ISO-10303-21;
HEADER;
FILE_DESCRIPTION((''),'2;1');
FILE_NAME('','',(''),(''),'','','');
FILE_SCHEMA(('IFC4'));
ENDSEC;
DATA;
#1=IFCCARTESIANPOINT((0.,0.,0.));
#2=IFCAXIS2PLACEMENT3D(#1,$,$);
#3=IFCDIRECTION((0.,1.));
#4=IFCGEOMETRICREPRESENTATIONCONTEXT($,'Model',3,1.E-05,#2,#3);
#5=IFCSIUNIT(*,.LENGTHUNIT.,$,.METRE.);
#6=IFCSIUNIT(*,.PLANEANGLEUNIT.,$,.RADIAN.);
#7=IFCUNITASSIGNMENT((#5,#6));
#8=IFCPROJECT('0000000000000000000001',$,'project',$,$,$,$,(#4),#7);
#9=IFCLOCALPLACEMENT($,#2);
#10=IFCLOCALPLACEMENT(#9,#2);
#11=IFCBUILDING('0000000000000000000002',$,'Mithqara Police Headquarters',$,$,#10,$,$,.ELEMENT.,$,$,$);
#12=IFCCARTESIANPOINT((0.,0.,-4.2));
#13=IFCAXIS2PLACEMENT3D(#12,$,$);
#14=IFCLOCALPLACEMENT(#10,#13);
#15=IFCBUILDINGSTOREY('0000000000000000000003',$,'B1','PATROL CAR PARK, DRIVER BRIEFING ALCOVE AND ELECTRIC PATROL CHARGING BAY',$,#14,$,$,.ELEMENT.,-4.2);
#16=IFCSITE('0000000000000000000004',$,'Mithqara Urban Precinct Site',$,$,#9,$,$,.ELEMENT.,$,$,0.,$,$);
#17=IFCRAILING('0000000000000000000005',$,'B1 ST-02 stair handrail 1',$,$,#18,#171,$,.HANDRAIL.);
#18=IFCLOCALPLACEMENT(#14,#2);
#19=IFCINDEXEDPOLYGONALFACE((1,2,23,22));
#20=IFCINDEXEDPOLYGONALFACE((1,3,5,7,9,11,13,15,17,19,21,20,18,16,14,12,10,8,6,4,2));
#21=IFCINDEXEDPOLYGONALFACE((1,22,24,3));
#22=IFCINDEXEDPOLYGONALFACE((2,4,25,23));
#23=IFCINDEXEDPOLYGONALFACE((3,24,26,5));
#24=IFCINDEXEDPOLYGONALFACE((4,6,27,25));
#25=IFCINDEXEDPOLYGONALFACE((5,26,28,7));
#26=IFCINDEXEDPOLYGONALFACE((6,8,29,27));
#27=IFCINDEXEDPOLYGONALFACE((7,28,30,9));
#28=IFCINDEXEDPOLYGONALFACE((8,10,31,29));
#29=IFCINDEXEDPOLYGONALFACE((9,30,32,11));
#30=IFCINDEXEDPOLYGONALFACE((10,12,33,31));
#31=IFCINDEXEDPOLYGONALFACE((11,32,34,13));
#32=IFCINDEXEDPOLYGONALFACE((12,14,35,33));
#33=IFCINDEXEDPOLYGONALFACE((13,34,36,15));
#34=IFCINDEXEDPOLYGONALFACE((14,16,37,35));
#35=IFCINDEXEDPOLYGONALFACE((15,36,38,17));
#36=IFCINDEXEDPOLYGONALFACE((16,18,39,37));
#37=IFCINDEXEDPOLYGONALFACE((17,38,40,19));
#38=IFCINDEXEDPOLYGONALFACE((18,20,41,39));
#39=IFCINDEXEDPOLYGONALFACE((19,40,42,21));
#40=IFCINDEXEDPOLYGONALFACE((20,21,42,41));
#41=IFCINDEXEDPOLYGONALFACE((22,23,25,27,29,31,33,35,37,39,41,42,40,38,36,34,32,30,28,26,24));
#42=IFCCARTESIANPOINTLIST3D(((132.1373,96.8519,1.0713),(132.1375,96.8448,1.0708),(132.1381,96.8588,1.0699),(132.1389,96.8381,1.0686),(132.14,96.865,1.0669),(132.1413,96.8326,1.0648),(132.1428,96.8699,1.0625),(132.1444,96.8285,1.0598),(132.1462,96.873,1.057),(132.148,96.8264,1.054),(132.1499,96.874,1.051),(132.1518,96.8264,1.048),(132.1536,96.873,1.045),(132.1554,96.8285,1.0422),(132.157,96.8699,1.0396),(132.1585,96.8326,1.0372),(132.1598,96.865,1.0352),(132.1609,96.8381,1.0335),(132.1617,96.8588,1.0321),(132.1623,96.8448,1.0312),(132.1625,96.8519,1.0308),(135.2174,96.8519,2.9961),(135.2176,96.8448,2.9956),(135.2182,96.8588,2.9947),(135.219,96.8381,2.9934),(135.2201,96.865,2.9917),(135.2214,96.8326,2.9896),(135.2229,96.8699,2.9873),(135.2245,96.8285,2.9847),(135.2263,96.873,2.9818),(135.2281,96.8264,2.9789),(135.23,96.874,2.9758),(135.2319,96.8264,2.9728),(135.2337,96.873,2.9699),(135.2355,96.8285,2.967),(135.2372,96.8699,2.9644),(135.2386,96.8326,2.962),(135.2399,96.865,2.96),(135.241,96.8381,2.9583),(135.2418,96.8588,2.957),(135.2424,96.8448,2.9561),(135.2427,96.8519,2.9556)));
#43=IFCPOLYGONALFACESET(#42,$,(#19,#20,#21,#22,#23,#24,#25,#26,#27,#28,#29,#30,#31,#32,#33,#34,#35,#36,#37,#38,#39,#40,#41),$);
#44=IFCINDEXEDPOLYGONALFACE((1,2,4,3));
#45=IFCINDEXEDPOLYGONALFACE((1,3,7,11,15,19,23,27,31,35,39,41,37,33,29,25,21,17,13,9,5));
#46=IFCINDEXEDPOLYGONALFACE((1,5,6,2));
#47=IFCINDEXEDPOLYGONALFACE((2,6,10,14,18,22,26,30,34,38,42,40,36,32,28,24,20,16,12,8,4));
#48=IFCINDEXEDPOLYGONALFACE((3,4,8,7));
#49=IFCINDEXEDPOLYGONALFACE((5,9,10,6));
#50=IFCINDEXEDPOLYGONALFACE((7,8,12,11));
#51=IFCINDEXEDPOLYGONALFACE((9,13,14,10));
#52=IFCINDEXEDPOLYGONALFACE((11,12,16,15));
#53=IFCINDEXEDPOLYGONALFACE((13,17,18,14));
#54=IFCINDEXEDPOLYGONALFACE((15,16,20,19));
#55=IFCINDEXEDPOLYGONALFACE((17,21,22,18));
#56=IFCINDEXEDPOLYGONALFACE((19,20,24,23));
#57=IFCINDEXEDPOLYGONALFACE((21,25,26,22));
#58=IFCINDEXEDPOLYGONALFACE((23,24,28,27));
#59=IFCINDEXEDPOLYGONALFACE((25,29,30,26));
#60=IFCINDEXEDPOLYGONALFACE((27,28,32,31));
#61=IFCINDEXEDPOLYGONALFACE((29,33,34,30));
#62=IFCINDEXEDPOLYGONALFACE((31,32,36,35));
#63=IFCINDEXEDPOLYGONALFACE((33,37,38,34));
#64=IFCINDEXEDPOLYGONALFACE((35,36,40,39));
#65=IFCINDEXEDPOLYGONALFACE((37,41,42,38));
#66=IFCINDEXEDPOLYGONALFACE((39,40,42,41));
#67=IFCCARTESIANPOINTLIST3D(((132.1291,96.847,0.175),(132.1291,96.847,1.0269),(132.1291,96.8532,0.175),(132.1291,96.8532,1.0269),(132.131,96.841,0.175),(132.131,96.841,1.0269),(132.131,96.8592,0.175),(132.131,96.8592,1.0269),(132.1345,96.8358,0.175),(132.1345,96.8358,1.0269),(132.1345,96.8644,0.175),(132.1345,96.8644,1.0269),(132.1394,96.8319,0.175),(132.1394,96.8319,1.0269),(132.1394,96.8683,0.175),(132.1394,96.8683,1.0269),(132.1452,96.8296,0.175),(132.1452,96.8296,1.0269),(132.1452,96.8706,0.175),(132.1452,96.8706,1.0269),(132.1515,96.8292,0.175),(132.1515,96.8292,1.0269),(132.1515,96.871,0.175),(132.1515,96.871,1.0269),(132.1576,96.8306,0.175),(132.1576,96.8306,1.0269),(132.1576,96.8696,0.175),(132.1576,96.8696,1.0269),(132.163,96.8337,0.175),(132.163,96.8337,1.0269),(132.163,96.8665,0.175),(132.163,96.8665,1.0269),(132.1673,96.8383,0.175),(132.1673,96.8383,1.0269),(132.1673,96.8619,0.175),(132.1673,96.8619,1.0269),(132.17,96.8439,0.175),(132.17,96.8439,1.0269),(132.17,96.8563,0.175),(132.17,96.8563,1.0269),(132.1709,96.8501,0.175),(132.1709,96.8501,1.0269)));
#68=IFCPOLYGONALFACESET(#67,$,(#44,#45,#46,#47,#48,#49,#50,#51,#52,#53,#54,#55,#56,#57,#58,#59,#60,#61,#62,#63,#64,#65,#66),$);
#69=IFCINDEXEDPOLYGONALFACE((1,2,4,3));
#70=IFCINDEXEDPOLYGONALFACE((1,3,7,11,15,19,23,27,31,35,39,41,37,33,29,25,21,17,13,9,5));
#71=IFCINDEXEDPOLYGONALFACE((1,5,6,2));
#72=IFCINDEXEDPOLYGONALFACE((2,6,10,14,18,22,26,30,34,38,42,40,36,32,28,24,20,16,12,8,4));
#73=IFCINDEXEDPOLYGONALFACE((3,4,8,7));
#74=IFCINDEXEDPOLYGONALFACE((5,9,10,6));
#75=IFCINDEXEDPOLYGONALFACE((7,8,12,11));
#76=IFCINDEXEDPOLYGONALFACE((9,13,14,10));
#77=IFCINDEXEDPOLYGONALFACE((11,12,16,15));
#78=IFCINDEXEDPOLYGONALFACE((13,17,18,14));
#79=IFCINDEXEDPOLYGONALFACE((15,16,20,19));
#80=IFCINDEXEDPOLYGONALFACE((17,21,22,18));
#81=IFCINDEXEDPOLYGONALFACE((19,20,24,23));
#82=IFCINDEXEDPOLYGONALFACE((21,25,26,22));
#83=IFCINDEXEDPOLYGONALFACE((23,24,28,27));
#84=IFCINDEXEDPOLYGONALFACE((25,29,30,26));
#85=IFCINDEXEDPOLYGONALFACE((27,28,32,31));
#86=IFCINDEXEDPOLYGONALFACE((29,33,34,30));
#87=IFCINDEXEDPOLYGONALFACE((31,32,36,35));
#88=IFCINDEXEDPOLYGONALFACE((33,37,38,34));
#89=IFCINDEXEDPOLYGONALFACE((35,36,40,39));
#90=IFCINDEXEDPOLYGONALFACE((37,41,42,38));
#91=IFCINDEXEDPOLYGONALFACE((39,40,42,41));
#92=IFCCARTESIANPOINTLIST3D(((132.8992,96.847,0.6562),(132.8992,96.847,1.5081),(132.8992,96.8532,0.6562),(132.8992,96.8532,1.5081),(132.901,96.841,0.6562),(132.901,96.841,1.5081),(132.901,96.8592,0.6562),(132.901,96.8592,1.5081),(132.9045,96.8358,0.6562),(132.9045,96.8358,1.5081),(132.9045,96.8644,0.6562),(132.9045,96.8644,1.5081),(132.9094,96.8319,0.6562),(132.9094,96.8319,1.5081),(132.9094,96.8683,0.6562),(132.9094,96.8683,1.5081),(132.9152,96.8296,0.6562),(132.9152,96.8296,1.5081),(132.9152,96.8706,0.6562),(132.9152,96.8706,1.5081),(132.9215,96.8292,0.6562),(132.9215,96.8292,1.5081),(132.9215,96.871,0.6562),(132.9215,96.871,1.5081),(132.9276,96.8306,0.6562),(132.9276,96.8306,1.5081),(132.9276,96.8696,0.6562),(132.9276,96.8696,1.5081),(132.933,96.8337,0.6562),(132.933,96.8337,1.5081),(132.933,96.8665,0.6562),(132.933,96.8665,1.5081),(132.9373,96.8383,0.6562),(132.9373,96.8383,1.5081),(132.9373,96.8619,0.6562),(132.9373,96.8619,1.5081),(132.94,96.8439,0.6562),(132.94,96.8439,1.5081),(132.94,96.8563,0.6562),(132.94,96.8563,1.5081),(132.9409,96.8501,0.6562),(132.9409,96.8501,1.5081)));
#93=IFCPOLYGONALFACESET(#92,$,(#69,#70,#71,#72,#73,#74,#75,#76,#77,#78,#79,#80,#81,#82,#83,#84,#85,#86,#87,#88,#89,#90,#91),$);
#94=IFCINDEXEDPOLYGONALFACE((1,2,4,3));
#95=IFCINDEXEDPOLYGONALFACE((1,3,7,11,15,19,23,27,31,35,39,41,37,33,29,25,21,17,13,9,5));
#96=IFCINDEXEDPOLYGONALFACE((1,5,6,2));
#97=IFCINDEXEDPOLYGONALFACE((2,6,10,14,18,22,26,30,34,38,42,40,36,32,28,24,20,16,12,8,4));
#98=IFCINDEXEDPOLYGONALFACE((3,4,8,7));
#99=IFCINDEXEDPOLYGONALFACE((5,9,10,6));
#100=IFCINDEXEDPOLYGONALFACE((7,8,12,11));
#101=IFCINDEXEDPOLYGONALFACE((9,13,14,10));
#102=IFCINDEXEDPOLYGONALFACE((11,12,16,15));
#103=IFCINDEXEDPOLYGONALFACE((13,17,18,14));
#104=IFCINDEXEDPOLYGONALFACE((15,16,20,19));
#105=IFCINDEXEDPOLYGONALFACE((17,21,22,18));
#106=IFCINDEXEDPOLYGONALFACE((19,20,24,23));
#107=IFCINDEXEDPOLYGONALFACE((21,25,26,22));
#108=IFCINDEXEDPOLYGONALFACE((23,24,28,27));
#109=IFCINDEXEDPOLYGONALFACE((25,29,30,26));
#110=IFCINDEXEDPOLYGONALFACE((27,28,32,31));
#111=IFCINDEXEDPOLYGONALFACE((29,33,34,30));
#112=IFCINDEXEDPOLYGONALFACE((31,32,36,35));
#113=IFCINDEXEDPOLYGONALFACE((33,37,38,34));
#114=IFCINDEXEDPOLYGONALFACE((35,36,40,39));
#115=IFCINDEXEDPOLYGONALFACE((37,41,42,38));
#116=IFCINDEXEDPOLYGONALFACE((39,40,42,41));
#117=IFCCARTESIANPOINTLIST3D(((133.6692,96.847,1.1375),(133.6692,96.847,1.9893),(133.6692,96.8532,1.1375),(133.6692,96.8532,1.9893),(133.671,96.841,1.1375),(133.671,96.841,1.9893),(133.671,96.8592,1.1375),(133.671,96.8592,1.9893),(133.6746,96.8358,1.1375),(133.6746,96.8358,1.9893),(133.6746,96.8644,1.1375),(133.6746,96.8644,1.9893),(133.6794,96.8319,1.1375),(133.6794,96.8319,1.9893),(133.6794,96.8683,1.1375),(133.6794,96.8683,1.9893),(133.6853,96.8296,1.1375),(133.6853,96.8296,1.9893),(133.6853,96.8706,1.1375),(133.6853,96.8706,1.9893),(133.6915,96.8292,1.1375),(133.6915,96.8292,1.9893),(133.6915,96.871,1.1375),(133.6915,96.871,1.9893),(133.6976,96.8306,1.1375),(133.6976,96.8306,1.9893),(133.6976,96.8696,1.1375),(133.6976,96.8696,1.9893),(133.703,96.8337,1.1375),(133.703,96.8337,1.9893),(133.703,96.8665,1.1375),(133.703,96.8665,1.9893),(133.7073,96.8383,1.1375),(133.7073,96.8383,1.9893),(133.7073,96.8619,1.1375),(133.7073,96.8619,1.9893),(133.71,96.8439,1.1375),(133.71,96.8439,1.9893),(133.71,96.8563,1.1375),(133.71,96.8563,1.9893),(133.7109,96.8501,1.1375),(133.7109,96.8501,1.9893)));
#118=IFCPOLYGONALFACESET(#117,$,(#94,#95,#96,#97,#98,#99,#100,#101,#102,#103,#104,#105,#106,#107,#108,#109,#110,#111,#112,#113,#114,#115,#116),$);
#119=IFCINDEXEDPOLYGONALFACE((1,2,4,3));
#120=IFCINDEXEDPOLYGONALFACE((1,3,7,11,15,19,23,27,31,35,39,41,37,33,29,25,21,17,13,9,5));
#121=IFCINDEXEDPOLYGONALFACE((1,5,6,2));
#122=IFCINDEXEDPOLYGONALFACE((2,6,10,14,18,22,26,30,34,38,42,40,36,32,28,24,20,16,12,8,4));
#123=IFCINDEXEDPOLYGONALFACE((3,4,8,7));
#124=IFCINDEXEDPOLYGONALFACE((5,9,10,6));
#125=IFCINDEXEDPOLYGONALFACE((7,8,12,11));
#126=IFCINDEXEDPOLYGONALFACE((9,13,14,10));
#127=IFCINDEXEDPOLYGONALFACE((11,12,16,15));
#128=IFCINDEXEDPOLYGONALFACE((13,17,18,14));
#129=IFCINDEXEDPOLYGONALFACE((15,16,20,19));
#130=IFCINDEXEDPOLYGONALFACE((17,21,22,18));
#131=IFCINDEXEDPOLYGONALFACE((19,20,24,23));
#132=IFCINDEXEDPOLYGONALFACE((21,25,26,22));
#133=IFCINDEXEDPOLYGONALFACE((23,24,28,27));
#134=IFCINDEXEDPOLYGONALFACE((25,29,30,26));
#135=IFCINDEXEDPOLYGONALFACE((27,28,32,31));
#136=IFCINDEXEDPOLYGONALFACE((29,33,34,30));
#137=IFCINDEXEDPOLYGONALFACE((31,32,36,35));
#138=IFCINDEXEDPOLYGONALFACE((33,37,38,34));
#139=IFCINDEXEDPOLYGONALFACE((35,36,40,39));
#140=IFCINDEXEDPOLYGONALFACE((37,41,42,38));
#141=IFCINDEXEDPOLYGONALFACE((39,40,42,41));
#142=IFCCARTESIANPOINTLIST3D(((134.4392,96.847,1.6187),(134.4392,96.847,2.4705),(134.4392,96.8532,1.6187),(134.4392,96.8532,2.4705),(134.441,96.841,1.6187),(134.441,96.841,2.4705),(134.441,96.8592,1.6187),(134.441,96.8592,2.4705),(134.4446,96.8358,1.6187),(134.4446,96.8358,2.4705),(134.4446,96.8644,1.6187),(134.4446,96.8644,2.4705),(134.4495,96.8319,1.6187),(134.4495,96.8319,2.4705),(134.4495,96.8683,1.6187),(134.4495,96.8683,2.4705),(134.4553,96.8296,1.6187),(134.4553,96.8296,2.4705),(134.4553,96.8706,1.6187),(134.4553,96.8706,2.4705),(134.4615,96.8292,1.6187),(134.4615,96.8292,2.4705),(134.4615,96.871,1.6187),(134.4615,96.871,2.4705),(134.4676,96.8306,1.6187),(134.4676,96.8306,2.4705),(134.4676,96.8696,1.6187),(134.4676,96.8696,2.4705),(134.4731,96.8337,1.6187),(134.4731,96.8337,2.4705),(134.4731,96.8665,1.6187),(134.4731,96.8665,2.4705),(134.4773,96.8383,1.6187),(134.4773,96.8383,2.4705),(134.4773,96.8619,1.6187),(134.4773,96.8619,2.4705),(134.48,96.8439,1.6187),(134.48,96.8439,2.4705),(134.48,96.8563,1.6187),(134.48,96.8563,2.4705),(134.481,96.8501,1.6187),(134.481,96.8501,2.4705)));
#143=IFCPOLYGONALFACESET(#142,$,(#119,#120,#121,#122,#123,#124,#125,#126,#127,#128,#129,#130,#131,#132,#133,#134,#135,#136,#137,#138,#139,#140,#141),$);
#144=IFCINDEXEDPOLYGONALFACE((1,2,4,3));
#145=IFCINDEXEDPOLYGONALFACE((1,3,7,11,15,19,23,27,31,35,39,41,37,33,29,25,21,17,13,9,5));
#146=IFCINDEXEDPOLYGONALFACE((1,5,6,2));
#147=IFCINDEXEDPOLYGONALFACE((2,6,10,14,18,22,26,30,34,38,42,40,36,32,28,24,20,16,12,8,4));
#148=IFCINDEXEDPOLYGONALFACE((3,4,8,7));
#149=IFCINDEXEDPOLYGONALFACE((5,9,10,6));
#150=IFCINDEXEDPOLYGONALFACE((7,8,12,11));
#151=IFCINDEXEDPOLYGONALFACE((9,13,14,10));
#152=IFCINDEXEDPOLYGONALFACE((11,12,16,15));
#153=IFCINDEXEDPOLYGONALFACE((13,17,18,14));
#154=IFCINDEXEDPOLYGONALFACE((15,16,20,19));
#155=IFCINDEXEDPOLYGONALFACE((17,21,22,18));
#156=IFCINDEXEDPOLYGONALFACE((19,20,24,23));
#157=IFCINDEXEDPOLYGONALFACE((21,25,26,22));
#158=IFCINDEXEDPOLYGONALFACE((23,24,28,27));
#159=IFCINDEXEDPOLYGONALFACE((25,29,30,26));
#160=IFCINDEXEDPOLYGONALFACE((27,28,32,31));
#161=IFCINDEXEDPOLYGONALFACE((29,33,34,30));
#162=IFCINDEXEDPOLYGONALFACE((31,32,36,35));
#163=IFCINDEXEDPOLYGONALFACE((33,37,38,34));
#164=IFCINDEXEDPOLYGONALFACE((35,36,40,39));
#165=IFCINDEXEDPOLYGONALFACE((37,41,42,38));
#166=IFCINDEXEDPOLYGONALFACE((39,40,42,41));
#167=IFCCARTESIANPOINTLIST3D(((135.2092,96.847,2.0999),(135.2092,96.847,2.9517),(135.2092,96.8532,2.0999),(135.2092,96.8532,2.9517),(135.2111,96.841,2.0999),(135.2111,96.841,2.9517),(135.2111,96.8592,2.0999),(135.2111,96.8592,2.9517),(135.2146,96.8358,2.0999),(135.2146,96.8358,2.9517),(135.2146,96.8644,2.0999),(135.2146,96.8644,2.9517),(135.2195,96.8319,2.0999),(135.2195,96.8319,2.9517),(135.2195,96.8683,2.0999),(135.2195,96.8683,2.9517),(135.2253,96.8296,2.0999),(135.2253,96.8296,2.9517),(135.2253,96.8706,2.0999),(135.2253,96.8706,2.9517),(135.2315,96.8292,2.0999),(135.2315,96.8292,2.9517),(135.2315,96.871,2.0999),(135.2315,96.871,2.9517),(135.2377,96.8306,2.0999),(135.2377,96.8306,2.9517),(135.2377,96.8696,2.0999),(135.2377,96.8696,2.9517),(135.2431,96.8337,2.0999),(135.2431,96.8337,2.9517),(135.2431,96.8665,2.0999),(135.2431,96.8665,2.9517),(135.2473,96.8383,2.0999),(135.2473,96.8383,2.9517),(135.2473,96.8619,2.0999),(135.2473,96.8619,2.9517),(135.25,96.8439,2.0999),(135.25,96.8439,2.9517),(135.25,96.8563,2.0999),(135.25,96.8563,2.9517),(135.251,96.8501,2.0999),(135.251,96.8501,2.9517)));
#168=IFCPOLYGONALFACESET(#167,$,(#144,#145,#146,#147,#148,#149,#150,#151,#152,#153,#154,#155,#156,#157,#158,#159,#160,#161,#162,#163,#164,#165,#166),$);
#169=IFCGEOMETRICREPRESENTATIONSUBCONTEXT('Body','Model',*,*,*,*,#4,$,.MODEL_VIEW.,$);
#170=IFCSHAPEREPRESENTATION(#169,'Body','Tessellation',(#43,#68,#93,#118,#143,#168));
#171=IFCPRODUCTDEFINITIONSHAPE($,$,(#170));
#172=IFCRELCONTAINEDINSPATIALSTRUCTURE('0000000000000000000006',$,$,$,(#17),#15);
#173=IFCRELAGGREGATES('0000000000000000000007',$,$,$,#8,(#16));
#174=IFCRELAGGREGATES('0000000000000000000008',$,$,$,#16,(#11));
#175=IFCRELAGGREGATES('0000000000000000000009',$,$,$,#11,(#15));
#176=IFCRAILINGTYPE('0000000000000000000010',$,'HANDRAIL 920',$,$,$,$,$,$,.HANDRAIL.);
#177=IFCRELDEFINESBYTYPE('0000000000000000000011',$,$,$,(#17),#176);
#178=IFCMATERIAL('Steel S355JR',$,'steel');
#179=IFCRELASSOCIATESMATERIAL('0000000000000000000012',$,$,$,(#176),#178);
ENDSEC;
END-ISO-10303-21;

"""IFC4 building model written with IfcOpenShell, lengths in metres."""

from ifc_helpers import new_model, si_unit, direction, frame, origin, origin_2d, place, context, subcontext, project, spatial, circle, extrude, material, type_object, element, save


model = new_model("IFC4")

# Units and contexts
model_context = context("Model", 3, precision=1e-05, world=origin(), true_north=direction((0.0, 1.0)))
body_context = subcontext(model_context, "Body", "Model", "MODEL_VIEW")
ifc_project = project(units=[si_unit("LENGTHUNIT", "METRE"), si_unit("PLANEANGLEUNIT", "RADIAN")], contexts=[model_context])

# Site, building, storey
site_placement = place(None, origin())
site = spatial("IfcSite", under=ifc_project, at=site_placement, Name="Mithqara Urban Precinct Site", CompositionType="ELEMENT", RefElevation=0.0)
building_placement = place(site_placement, origin())
building = spatial("IfcBuilding", under=site, at=building_placement, Name="Mithqara Police Headquarters", CompositionType="ELEMENT")
storey_placement = place(building_placement, frame((0.0, 0.0, -4.2)))
storey = spatial("IfcBuildingStorey", under=building, at=storey_placement, Name="B1", Description="PATROL CAR PARK, DRIVER BRIEFING ALCOVE AND ELECTRIC PATROL CHARGING BAY", CompositionType="ELEMENT", Elevation=-4.2)

# Shared definitions
ifc_material_1 = material(Name="Steel S355JR", Category="steel")

# Railing
railing_type_1 = type_object("IfcRailingType", Name="HANDRAIL 920", PredefinedType="HANDRAIL", material=ifc_material_1)
railing_1_placement = place(storey_placement, frame((132.1499, 96.8501, 0.175)))
element("IfcRailing", 1, at=railing_1_placement, inside=storey, type_object=railing_type_1, Name="B1 ST-02 stair handrail 1", PredefinedType="HANDRAIL", context=body_context, shape_type="SweptSolid", body=[
    extrude(circle(Radius=0.0239, at=origin_2d()), frame((0.0, 0.0, 0.876), z_axis=(0.848029, 0.0, 0.529951), x_axis=(0.0, 1.0, 0.0)), (0.0, 0.0, 1.0), 3.6321),
    extrude(circle(Radius=0.021, at=origin_2d()), origin(), (0.0, 0.0, 1.0), 0.8518),
    extrude(circle(Radius=0.021, at=origin_2d()), frame((0.77, 0.0, 0.4812)), (0.0, 0.0, 1.0), 0.8518),
    extrude(circle(Radius=0.021, at=origin_2d()), frame((1.54, 0.0, 0.9624)), (0.0, 0.0, 1.0), 0.8518),
    extrude(circle(Radius=0.021, at=origin_2d()), frame((2.3101, 0.0, 1.4436)), (0.0, 0.0, 1.0), 0.8518),
    extrude(circle(Radius=0.021, at=origin_2d()), frame((3.0801, 0.0, 1.9248)), (0.0, 0.0, 1.0), 0.8518),
])

save(model, "model.ifc")
